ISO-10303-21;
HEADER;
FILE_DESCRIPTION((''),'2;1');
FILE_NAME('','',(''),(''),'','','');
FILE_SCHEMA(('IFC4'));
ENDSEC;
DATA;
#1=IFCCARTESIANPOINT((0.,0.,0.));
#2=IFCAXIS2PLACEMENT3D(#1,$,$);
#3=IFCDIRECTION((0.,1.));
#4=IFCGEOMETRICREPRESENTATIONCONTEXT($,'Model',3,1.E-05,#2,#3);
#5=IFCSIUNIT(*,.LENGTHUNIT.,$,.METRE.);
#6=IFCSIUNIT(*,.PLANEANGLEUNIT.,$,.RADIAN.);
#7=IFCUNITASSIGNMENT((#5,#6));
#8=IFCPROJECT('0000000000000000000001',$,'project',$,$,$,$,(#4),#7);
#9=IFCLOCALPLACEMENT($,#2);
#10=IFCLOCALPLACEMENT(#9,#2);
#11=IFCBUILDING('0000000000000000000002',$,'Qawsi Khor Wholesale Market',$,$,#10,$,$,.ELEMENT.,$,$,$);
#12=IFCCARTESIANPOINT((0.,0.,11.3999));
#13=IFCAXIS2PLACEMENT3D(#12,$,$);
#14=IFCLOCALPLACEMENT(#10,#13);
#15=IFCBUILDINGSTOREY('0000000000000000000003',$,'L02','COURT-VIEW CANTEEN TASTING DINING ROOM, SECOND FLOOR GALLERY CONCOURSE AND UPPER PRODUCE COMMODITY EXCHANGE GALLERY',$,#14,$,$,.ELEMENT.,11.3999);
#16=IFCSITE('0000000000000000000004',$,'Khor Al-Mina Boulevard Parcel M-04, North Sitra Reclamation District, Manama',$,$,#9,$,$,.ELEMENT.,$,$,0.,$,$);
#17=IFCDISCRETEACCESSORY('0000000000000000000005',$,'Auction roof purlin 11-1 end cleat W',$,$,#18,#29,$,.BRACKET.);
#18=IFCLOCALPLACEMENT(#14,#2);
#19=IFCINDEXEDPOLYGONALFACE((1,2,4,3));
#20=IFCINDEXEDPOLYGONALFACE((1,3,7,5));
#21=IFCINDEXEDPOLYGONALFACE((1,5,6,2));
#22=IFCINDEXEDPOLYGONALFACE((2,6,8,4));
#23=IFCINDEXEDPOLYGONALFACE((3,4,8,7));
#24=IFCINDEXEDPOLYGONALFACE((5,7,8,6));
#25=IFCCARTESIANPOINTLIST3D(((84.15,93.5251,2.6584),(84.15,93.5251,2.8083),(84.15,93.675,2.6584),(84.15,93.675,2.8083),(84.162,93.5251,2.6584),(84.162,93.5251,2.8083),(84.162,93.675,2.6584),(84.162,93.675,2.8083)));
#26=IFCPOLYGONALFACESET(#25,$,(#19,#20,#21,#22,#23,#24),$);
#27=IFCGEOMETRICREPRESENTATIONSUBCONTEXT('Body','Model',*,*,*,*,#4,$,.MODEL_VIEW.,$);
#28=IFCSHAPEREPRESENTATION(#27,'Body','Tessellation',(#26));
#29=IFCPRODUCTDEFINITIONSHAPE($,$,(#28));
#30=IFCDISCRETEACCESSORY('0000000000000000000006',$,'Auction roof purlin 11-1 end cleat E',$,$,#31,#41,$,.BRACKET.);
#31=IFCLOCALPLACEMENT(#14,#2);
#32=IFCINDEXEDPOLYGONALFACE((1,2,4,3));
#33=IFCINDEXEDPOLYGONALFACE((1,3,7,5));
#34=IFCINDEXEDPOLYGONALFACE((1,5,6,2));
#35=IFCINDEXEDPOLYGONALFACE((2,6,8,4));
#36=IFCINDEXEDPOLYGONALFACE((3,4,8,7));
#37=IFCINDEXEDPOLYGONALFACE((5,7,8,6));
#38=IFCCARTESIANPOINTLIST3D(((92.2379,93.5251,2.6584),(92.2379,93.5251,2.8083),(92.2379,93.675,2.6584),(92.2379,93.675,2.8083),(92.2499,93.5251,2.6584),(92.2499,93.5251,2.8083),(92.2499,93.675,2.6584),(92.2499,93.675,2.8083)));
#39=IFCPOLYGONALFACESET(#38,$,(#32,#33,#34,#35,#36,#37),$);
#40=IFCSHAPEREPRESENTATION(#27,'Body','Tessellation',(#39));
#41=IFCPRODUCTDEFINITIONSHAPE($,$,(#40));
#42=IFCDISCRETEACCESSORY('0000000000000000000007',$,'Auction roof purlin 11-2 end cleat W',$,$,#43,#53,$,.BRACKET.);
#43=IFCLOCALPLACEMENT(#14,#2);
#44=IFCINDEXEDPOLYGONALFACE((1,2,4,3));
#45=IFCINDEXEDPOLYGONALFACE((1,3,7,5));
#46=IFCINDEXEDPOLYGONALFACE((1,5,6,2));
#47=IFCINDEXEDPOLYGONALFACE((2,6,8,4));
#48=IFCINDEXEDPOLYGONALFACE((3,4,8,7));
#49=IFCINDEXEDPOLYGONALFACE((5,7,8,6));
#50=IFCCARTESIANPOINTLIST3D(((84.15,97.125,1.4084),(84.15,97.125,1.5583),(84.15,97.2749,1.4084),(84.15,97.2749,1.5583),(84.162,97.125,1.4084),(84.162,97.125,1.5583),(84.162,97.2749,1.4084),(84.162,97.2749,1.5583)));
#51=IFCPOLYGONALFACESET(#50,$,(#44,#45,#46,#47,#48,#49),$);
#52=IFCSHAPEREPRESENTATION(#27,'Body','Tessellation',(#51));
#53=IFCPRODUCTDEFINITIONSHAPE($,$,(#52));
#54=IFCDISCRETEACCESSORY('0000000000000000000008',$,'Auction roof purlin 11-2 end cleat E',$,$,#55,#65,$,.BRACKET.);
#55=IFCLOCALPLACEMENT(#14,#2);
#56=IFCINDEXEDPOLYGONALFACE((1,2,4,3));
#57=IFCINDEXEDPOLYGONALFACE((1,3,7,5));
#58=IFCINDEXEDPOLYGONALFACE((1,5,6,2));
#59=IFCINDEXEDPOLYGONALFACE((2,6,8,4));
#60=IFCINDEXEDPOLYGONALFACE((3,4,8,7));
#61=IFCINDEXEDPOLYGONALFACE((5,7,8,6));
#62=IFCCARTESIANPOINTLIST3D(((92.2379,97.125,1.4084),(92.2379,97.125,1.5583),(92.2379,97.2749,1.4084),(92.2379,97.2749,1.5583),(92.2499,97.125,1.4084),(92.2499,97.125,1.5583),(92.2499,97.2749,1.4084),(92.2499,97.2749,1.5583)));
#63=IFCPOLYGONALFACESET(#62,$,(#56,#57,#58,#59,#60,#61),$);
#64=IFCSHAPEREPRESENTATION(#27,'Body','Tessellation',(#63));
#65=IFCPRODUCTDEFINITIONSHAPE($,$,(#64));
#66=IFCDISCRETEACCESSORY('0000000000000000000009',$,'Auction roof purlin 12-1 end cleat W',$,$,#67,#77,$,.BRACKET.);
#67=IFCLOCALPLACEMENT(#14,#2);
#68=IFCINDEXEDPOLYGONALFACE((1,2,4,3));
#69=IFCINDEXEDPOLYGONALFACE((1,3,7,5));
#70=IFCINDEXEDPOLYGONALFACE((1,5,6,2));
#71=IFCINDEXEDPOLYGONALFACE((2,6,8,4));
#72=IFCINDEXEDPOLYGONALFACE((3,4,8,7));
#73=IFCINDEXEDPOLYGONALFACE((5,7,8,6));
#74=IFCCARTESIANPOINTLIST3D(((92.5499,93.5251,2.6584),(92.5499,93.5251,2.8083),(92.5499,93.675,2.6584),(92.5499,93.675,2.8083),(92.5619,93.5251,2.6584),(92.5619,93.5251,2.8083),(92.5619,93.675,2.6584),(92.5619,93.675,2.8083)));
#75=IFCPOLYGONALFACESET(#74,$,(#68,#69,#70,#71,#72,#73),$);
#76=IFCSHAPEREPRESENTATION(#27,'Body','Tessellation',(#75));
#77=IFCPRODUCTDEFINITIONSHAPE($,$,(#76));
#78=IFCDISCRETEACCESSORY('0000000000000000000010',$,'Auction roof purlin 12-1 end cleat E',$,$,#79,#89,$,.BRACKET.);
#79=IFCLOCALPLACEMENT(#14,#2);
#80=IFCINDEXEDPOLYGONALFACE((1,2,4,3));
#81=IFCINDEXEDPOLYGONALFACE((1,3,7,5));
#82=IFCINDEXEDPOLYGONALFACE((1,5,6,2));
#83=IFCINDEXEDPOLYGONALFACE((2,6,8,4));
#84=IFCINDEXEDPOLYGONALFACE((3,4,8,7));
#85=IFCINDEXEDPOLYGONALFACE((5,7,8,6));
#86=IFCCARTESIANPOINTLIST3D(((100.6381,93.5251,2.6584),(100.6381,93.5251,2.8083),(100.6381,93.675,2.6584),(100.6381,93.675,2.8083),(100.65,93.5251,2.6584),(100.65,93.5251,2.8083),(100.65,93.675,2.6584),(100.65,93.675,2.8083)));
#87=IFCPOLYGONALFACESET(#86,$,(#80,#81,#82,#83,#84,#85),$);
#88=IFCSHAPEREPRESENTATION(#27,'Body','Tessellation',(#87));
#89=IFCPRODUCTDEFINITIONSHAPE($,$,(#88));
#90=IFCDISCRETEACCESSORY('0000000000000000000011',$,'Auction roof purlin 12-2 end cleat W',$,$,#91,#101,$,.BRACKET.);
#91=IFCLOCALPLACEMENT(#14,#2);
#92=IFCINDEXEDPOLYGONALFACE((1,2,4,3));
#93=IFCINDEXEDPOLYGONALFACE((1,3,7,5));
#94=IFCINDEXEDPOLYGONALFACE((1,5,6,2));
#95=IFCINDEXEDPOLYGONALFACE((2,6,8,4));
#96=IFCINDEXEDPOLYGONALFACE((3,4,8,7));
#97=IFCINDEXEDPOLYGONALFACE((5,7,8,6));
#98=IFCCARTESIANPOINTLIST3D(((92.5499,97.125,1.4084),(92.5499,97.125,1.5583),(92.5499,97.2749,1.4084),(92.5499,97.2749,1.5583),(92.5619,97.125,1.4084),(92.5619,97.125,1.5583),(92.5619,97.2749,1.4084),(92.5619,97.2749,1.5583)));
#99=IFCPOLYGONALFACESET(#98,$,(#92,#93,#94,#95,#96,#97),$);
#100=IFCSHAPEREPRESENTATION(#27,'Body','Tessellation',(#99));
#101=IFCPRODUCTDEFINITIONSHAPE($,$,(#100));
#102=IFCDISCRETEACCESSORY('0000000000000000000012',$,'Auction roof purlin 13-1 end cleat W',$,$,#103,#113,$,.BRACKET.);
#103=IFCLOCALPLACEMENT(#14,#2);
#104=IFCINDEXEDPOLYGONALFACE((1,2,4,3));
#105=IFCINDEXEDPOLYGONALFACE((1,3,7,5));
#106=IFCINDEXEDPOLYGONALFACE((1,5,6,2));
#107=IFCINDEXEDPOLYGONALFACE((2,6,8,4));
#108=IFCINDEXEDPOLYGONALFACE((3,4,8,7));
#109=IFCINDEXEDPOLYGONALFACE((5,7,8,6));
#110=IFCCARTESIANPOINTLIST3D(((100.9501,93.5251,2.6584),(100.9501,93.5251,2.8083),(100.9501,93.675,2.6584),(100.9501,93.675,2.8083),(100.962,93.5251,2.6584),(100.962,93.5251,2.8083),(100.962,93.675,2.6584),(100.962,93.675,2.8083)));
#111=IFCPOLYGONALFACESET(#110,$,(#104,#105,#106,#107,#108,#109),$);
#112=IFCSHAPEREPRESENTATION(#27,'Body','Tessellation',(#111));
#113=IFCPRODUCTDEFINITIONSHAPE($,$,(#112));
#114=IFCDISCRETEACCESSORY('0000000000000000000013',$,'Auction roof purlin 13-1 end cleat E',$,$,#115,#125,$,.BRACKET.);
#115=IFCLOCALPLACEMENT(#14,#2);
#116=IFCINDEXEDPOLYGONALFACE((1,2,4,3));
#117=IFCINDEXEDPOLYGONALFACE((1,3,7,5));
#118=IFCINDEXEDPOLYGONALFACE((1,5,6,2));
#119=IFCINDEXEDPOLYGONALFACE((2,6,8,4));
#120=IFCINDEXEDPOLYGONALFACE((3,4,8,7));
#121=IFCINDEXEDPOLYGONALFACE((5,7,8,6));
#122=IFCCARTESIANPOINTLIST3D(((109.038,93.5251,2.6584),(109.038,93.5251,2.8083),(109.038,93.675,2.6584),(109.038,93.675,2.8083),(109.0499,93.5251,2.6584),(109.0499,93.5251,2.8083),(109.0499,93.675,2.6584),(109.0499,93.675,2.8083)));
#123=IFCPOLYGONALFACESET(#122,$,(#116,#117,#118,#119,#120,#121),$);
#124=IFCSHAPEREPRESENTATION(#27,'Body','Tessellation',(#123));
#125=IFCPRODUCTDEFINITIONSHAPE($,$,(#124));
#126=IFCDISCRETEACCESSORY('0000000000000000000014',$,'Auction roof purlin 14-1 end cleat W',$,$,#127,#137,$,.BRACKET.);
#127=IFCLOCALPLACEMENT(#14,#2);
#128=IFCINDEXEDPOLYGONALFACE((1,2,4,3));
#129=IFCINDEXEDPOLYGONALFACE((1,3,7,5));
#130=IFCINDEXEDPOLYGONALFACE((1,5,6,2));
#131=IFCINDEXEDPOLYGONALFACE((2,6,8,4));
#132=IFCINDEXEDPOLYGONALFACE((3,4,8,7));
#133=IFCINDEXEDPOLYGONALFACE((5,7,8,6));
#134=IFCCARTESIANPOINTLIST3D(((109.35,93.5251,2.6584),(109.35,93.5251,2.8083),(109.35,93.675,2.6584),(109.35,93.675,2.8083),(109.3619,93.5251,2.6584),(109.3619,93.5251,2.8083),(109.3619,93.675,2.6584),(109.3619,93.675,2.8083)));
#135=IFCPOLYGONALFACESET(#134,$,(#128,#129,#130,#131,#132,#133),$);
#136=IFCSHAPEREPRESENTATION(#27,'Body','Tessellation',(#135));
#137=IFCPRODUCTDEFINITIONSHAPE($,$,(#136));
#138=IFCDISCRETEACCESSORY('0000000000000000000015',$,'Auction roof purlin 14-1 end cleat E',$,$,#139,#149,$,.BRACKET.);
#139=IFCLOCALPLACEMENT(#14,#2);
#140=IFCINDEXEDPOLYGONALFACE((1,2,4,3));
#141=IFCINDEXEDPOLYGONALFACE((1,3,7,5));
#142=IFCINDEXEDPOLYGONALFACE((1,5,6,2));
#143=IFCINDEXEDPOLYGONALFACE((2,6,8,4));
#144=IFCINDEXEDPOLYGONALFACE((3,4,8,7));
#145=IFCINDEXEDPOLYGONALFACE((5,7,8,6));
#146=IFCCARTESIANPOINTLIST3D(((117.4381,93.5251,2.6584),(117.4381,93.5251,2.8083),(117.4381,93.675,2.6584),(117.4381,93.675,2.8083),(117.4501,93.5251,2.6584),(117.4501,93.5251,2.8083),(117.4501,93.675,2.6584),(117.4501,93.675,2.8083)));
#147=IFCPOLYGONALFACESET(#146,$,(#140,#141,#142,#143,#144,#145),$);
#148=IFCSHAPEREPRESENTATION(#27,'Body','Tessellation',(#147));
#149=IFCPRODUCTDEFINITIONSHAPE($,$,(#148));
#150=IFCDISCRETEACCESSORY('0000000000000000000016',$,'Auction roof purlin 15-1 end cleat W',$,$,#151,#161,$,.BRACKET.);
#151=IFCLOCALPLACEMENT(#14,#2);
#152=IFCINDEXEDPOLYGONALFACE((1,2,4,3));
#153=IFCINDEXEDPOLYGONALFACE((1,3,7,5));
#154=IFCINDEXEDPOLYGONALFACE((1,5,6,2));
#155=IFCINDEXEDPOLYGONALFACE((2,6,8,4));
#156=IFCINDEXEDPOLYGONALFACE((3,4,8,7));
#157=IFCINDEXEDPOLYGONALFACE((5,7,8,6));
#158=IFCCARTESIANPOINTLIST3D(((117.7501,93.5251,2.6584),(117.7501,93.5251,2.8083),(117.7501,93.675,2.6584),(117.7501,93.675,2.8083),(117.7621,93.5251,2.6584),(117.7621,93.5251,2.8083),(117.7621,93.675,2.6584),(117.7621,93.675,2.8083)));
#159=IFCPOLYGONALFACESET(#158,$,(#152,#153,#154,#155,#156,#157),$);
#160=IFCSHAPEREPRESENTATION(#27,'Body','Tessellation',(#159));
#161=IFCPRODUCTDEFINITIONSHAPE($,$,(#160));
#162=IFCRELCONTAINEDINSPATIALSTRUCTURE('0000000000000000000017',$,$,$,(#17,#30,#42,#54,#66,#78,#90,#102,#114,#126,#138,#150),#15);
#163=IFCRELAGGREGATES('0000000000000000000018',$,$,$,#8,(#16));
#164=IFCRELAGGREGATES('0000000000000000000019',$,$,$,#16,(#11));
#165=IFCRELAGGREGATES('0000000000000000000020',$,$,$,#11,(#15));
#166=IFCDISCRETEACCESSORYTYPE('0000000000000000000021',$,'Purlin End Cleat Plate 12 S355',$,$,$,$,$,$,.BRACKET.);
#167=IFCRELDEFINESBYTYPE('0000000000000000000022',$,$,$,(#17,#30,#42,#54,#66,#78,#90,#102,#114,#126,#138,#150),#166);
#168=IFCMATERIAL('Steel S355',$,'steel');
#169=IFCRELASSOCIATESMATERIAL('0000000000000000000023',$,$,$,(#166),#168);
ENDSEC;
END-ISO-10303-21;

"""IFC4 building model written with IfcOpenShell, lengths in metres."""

from ifc_helpers import new_model, si_unit, direction, frame, origin, origin_2d, place, context, subcontext, project, spatial, rectangle, extrude, material, type_object, element, save


model = new_model("IFC4")

# Units and contexts
model_context = context("Model", 3, precision=1e-05, world=origin(), true_north=direction((0.0, 1.0)))
body_context = subcontext(model_context, "Body", "Model", "MODEL_VIEW")
ifc_project = project(units=[si_unit("LENGTHUNIT", "METRE"), si_unit("PLANEANGLEUNIT", "RADIAN")], contexts=[model_context])

# Site, building, storey
site_placement = place(None, origin())
site = spatial("IfcSite", under=ifc_project, at=site_placement, Name="Khor Al-Mina Boulevard Parcel M-04, North Sitra Reclamation District, Manama", CompositionType="ELEMENT", RefElevation=0.0)
building_placement = place(site_placement, origin())
building = spatial("IfcBuilding", under=site, at=building_placement, Name="Qawsi Khor Wholesale Market", CompositionType="ELEMENT")
storey_placement = place(building_placement, frame((0.0, 0.0, 11.3999)))
storey = spatial("IfcBuildingStorey", under=building, at=storey_placement, Name="L02", Description="COURT-VIEW CANTEEN TASTING DINING ROOM, SECOND FLOOR GALLERY CONCOURSE AND UPPER PRODUCE COMMODITY EXCHANGE GALLERY", CompositionType="ELEMENT", Elevation=11.3999)

# Shared definitions
ifc_material_1 = material(Name="Steel S355", Category="steel")

# Discrete accessories
discrete_accessory_type = type_object("IfcDiscreteAccessoryType", Name="Purlin End Cleat Plate 12 S355", PredefinedType="BRACKET", material=ifc_material_1)
for number, where, z_axis, x_axis, name in (
    (1, (84.156, 93.6001, 2.6584), (0.0, 0.0, 1.0), (1.0, 0.0, 0.0), "Auction roof purlin 11-1 end cleat W"),
    (2, (92.2439, 93.6001, 2.6584), (0.0, 0.0, 1.0), (1.0, 0.0, 0.0), "Auction roof purlin 11-1 end cleat E"),
    (3, (84.156, 97.2, 1.4084), (0.0, 0.0, 1.0), (1.0, 0.0, 0.0), "Auction roof purlin 11-2 end cleat W"),
    (4, (92.2439, 97.2, 1.4084), (0.0, 0.0, 1.0), (1.0, 0.0, 0.0), "Auction roof purlin 11-2 end cleat E"),
    (5, (92.5559, 93.6001, 2.6584), (0.0, 0.0, 1.0), (1.0, 0.0, 0.0), "Auction roof purlin 12-1 end cleat W"),
    (6, (100.644, 93.6001, 2.6584), (0.0, 0.0, 1.0), (1.0, 0.0, 0.0), "Auction roof purlin 12-1 end cleat E"),
    (7, (92.5559, 97.2, 1.4084), (0.0, 0.0, 1.0), (1.0, 0.0, 0.0), "Auction roof purlin 12-2 end cleat W"),
    (8, (100.9561, 93.6001, 2.6584), (0.0, 0.0, 1.0), (1.0, 0.0, 0.0), "Auction roof purlin 13-1 end cleat W"),
    (9, (109.0439, 93.6001, 2.6584), (0.0, 0.0, 1.0), (1.0, 0.0, 0.0), "Auction roof purlin 13-1 end cleat E"),
    (10, (109.356, 93.6001, 2.6584), (0.0, 0.0, 1.0), (1.0, 0.0, 0.0), "Auction roof purlin 14-1 end cleat W"),
    (11, (117.4441, 93.6001, 2.6584), (0.0, 0.0, 1.0), (1.0, 0.0, 0.0), "Auction roof purlin 14-1 end cleat E"),
    (12, (117.7561, 93.6001, 2.6584), (0.0, 0.0, 1.0), (1.0, 0.0, 0.0), "Auction roof purlin 15-1 end cleat W"),
):
    element("IfcDiscreteAccessory", number, at=place(storey_placement, frame(where, z_axis=z_axis, x_axis=x_axis)), inside=storey, type_object=discrete_accessory_type, Name=name, PredefinedType="BRACKET", context=body_context, shape_type="SweptSolid", body=[
        extrude(rectangle(XDim=0.012, YDim=0.1499, at=origin_2d()), origin(), (0.0, 0.0, 1.0), 0.1499),
    ])

save(model, "model.ifc")
